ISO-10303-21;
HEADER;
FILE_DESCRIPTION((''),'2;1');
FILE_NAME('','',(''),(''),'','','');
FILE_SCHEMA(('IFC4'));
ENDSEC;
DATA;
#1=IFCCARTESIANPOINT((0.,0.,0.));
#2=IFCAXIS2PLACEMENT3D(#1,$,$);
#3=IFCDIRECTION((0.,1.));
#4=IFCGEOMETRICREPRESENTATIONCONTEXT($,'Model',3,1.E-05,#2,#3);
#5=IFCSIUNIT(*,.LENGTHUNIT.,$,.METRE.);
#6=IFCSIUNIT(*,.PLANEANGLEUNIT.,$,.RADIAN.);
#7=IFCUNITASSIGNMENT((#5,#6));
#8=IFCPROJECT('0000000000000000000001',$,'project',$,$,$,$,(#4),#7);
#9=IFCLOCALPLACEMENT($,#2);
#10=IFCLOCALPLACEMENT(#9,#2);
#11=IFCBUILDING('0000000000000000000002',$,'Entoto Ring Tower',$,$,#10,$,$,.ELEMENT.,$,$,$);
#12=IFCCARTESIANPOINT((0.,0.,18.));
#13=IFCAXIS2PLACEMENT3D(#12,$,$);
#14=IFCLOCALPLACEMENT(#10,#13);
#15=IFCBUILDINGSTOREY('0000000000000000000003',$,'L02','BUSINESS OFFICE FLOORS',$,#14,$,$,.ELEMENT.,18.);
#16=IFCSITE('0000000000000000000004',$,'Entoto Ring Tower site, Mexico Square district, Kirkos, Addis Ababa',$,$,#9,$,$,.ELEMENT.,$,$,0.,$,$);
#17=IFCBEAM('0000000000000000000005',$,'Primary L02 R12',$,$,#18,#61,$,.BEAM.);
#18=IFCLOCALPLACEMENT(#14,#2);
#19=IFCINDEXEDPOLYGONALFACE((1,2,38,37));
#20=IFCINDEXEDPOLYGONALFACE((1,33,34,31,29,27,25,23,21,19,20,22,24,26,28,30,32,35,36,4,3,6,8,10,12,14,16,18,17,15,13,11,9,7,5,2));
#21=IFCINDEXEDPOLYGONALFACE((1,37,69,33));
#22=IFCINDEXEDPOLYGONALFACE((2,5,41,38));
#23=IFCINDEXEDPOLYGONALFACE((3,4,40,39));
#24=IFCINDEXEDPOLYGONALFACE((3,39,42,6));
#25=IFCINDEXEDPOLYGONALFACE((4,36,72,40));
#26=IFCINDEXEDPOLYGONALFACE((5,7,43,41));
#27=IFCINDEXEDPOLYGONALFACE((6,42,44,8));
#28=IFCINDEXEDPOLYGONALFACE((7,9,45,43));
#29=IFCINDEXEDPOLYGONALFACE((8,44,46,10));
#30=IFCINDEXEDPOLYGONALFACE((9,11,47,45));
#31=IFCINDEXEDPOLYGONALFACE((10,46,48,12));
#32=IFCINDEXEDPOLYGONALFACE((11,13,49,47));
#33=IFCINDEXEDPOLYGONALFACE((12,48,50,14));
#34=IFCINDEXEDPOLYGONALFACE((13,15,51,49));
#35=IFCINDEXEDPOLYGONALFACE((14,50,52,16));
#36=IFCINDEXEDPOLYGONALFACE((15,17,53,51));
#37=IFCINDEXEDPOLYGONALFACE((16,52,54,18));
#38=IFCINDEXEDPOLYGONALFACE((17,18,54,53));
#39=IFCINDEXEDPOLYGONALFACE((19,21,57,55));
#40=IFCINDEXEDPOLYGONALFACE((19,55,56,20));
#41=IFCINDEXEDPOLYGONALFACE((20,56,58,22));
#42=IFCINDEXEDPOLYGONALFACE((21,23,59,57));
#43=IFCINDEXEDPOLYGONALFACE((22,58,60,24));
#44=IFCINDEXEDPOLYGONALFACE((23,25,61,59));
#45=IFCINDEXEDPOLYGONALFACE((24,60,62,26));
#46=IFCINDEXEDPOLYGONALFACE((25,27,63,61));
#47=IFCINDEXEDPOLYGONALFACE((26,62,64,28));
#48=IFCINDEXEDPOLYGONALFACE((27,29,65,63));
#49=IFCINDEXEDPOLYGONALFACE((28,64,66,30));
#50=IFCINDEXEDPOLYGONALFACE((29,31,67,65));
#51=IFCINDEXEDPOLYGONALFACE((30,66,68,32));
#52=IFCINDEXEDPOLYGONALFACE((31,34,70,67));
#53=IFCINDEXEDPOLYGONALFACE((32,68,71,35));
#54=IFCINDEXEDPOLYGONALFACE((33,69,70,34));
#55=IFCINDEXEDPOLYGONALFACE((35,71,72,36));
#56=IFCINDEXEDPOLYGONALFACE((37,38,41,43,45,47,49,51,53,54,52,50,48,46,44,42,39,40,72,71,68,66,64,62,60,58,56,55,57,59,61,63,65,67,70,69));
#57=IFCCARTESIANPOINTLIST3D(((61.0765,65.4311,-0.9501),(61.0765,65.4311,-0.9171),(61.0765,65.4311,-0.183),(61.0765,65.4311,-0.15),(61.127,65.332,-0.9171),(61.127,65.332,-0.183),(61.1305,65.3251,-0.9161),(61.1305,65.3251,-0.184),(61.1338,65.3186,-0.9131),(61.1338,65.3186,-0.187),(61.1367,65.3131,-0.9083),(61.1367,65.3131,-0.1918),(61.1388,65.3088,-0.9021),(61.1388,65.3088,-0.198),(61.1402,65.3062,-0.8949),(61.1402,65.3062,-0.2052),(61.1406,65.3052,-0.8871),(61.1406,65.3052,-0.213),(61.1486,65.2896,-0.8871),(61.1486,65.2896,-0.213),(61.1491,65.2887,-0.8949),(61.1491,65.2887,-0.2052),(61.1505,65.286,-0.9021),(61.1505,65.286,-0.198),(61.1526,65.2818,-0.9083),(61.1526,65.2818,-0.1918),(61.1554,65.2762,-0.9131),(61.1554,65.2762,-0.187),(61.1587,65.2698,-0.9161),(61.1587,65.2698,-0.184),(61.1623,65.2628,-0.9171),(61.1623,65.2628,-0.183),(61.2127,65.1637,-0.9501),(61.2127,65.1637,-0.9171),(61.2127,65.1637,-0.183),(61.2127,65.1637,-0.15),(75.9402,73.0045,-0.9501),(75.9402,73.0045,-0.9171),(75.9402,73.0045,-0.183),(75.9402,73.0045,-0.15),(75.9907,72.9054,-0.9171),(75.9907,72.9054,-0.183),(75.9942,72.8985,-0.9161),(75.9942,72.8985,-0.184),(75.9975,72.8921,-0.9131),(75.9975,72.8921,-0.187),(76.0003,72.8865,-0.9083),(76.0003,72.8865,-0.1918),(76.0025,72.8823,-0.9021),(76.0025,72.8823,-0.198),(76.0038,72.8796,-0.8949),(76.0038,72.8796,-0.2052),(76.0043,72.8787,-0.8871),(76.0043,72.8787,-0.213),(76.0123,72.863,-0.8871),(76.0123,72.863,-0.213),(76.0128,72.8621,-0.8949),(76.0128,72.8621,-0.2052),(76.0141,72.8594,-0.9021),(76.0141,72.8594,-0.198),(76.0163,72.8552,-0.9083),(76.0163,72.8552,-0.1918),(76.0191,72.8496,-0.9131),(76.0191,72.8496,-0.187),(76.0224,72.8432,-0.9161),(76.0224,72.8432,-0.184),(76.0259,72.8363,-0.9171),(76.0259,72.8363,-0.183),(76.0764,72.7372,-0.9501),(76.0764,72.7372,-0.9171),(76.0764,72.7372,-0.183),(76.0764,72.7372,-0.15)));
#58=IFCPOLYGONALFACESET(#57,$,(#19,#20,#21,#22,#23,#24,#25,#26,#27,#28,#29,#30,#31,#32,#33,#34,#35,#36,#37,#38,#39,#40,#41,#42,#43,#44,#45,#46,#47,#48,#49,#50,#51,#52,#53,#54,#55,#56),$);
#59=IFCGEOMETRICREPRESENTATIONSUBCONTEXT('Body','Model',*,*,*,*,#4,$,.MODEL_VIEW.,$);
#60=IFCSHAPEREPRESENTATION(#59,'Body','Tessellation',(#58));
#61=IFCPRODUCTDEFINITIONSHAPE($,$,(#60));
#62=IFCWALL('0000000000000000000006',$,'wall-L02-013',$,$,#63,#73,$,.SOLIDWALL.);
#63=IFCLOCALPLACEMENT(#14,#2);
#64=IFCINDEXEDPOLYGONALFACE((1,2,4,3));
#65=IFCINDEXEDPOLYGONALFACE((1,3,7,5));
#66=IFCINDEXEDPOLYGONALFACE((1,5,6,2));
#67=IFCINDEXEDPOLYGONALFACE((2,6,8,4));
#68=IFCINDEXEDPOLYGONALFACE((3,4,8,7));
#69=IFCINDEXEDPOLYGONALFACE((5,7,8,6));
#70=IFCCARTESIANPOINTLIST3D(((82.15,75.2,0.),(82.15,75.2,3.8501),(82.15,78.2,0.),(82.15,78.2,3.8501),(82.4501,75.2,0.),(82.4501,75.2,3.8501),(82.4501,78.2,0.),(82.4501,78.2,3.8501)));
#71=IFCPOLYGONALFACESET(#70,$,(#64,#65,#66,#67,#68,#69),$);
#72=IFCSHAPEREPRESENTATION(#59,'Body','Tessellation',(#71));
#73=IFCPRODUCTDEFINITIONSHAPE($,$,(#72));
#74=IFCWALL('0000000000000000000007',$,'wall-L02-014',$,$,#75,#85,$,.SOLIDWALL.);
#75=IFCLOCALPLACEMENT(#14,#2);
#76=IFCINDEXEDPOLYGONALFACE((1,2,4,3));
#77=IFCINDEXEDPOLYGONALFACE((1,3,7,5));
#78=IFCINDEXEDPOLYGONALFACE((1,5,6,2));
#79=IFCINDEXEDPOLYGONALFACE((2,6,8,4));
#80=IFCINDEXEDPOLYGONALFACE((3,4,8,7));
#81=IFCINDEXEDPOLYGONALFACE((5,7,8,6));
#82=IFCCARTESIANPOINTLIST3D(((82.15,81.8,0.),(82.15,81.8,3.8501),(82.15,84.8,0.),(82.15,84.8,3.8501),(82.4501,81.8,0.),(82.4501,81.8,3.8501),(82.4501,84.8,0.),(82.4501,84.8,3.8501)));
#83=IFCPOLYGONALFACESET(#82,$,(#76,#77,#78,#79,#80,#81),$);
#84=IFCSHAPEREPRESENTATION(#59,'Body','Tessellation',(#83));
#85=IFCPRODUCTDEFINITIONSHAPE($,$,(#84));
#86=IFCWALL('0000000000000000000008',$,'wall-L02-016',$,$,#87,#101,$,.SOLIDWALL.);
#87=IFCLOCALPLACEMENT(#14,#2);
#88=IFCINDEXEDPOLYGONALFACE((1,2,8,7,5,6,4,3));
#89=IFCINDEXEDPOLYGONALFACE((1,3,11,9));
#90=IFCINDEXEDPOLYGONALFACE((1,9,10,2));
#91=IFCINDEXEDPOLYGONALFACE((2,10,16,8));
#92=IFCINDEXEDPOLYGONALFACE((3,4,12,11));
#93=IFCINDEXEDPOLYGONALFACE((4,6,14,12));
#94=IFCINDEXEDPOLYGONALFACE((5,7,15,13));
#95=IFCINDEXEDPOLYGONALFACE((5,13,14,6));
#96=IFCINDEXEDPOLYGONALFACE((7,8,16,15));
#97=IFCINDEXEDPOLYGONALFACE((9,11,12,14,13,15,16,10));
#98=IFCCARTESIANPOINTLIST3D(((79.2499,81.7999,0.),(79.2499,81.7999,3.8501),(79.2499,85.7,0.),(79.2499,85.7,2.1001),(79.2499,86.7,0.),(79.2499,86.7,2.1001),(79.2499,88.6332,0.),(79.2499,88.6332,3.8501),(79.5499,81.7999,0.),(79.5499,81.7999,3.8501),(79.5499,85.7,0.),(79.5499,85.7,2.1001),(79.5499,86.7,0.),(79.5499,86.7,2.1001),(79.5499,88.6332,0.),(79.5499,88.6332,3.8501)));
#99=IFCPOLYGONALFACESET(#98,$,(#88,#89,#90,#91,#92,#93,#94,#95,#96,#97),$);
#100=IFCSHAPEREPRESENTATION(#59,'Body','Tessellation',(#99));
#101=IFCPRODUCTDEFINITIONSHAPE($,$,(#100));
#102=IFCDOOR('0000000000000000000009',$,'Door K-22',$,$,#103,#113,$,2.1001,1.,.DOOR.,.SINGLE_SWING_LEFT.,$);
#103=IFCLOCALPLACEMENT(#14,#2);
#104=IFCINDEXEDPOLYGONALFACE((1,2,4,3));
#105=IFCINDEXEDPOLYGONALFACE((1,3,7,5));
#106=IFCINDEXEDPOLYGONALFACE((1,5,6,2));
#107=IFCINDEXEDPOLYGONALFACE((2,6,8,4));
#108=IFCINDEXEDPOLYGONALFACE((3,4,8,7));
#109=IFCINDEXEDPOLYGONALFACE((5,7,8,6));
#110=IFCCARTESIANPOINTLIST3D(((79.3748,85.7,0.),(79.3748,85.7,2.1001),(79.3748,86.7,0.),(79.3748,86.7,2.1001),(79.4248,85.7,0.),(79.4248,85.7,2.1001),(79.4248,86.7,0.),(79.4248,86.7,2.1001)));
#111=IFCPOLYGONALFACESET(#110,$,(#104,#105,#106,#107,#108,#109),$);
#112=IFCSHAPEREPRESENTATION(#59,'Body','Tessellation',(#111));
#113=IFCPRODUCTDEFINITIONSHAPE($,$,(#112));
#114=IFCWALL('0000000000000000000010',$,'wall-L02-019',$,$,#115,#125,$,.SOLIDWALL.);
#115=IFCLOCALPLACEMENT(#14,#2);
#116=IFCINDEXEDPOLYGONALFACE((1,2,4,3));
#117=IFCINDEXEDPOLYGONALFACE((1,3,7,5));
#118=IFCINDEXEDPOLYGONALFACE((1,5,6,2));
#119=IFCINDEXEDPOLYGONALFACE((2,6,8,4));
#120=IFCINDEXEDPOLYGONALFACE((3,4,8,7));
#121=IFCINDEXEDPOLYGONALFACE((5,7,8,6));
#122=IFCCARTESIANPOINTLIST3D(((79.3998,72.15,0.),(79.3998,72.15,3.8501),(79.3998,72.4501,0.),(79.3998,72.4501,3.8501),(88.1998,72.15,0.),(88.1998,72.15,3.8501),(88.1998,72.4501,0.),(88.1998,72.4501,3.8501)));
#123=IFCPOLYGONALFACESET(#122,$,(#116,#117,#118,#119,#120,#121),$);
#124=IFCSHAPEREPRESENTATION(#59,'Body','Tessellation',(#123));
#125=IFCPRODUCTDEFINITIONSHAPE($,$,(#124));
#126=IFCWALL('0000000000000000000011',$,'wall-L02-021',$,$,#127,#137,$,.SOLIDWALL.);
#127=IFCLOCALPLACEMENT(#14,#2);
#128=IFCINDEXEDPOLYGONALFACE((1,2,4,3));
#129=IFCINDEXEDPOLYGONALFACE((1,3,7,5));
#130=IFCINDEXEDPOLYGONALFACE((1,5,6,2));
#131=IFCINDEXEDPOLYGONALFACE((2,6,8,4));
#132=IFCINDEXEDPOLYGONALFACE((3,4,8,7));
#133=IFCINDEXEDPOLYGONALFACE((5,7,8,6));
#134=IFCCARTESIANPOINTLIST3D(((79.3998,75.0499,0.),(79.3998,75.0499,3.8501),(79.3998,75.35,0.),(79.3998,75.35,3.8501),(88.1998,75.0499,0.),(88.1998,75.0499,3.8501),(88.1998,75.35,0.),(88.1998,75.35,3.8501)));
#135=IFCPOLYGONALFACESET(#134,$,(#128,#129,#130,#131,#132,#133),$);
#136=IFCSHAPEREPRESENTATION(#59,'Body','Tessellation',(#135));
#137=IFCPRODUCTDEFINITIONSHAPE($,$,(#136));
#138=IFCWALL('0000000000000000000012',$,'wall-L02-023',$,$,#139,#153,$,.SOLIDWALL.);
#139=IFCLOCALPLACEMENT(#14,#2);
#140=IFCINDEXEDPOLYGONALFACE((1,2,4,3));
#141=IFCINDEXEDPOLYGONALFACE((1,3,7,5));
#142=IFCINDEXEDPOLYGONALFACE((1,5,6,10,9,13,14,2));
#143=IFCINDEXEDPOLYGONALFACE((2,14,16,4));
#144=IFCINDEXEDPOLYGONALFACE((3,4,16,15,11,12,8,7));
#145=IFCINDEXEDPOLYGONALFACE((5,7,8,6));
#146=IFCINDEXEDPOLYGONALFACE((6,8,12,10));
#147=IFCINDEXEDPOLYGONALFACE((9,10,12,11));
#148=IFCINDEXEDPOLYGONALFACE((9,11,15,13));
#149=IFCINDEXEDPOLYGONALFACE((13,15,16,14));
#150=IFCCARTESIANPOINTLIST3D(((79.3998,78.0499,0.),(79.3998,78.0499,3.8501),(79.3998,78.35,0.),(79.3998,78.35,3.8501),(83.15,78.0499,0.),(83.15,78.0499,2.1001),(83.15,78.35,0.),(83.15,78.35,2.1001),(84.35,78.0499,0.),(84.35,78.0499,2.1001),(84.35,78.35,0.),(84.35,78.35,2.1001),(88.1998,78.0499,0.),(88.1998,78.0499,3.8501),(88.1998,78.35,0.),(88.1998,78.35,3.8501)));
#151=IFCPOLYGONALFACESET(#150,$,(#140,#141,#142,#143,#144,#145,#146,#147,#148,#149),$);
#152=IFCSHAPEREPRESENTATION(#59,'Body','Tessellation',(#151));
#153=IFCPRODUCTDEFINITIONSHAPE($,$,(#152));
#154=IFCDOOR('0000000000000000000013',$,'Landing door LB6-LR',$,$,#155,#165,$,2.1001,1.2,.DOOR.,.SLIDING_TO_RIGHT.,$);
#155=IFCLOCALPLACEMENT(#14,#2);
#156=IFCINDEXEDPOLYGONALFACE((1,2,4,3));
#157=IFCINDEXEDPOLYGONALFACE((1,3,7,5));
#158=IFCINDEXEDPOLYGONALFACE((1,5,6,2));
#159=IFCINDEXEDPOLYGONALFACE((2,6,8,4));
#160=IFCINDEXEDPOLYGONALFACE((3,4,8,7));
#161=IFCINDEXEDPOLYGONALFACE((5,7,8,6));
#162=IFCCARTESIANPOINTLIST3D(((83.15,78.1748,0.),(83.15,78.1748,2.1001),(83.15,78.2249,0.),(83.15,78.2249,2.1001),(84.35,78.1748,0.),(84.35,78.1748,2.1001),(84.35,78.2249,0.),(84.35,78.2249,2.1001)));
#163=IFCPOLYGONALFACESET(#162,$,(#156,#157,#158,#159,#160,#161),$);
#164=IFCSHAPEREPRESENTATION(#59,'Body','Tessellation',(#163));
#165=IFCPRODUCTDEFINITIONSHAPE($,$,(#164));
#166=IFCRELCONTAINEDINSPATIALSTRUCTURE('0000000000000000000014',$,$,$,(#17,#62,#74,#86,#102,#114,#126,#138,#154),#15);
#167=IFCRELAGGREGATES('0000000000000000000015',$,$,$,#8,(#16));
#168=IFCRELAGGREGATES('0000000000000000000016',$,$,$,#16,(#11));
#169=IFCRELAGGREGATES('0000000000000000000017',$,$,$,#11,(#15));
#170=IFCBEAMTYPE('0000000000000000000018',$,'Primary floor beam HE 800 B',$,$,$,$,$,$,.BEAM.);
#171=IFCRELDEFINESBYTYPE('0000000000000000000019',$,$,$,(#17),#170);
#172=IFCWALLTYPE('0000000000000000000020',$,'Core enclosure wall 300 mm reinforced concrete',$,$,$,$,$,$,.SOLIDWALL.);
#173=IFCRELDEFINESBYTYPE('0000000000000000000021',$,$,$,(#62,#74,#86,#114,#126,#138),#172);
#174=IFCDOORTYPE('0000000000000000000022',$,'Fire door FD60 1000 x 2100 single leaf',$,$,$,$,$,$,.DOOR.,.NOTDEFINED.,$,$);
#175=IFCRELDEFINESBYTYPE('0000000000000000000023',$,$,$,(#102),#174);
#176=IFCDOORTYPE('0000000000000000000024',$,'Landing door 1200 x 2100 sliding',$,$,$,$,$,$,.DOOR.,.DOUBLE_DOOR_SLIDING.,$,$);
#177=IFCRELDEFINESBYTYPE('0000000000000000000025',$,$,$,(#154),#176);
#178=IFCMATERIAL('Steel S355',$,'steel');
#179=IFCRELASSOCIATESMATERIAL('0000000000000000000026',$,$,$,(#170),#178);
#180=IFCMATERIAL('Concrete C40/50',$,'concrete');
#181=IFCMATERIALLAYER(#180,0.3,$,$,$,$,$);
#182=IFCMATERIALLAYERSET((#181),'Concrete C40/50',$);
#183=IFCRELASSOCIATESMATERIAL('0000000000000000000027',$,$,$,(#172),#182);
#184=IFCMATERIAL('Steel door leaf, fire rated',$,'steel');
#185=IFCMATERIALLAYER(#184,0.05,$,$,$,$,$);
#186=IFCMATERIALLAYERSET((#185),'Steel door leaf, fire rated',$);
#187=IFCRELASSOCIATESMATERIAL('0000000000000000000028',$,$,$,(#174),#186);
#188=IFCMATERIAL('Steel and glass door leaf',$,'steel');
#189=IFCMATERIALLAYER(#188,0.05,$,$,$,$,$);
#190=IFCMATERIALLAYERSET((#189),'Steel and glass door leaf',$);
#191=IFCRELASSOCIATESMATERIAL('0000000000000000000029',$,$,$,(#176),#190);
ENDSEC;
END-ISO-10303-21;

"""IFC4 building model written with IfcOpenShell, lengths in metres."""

from ifc_helpers import new_model, si_unit, direction, frame, frame_2d, origin, origin_2d, place, context, subcontext, project, spatial, rectangle, i_section, extrude, material, layer, layer_set, material_profile, profile_set, type_object, element, fill, save


model = new_model("IFC4")

# Units and contexts
model_context = context("Model", 3, precision=1e-05, world=origin(), true_north=direction((0.0, 1.0)))
body_context = subcontext(model_context, "Body", "Model", "MODEL_VIEW")
ifc_project = project(units=[si_unit("LENGTHUNIT", "METRE"), si_unit("PLANEANGLEUNIT", "RADIAN")], contexts=[model_context])

# Site, building, storey
site_placement = place(None, origin())
site = spatial("IfcSite", under=ifc_project, at=site_placement, Name="Entoto Ring Tower site, Mexico Square district, Kirkos, Addis Ababa", CompositionType="ELEMENT", RefElevation=0.0)
building_placement = place(site_placement, origin())
building = spatial("IfcBuilding", under=site, at=building_placement, Name="Entoto Ring Tower", CompositionType="ELEMENT")
storey_placement = place(building_placement, frame((0.0, 0.0, 18.0)))
storey = spatial("IfcBuildingStorey", under=building, at=storey_placement, Name="L02", Description="BUSINESS OFFICE FLOORS", CompositionType="ELEMENT", Elevation=18.0)

# Beam
ifc_material_1 = material(Name="Steel S355", Category="steel")
ifc_material_profile = material_profile(ifc_material_1, i_section(OverallWidth=0.3, OverallDepth=0.8, WebThickness=0.0176, FlangeThickness=0.033, FilletRadius=0.03, at=origin_2d()), Name="HE 800 B")
ifc_profile_set = profile_set([ifc_material_profile], Name="Steel S355")
beam_type = type_object("IfcBeamType", Name="Primary floor beam HE 800 B", PredefinedType="BEAM", material=ifc_profile_set)
beam_placement = place(storey_placement, frame((76.0083, 72.8708, -0.55), z_axis=(-0.891006, -0.453991, 0.0), x_axis=(0.453991, -0.891006, 0.0)))
element("IfcBeam", 1, at=beam_placement, inside=storey, type_object=beam_type, Name="Primary L02 R12", PredefinedType="BEAM", context=body_context, shape_type="SweptSolid", body=[
    extrude(i_section(OverallWidth=0.3, OverallDepth=0.8, WebThickness=0.0176, FlangeThickness=0.033, FilletRadius=0.03, at=origin_2d()), origin(), (0.0, 0.0, 1.0), 16.6819),
])

# Walls
ifc_material_2 = material(Name="Concrete C40/50", Category="concrete")
ifc_layer_1 = layer(ifc_material_2, 0.3)
ifc_layer_set_1 = layer_set([ifc_layer_1], Name="Concrete C40/50")
wall_type_1 = type_object("IfcWallType", Name="Core enclosure wall 300 mm reinforced concrete", PredefinedType="SOLIDWALL", material=ifc_layer_set_1)
for number, where, z_axis, x_axis, name in (
    (2, (82.3, 75.2, 0.0), (0.0, 0.0, 1.0), (0.0, 1.0, 0.0), "wall-L02-013"),
    (3, (82.3, 81.8, 0.0), (0.0, 0.0, 1.0), (0.0, 1.0, 0.0), "wall-L02-014"),
):
    element("IfcWall", number, at=place(storey_placement, frame(where, z_axis=z_axis, x_axis=x_axis)), inside=storey, type_object=wall_type_1, Name=name, PredefinedType="SOLIDWALL", context=body_context, shape_type="SweptSolid", body=[
        extrude(rectangle(XDim=3.0, YDim=0.3, at=frame_2d((1.5, 0.0))), origin(), (0.0, 0.0, 1.0), 3.8501),
    ])

# Wall, opening, door
wall_1_placement = place(storey_placement, frame((79.3999, 81.8, 0.0), z_axis=(0.0, 0.0, 1.0), x_axis=(0.0, 1.0, 0.0)))
wall_1 = element("IfcWall", 4, at=wall_1_placement, inside=storey, type_object=wall_type_1, Name="wall-L02-016", PredefinedType="SOLIDWALL", context=body_context, shape_type="SweptSolid", body=[
    extrude(rectangle(XDim=6.8333, YDim=0.3, at=frame_2d((3.4165, 0.0))), origin(), (0.0, 0.0, 1.0), 3.8501),
])
opening_1_placement = place(wall_1_placement, frame((3.8999, 0.0, 0.0)))
opening_1 = element("IfcOpeningElement", 5, at=opening_1_placement, cuts=wall_1, PredefinedType="OPENING", context=body_context, shape_type="SweptSolid", body=[
    extrude(rectangle(XDim=1.0, YDim=2.1001, at=frame_2d((0.5, 1.05))), frame((0.0, 0.1602, 0.0), z_axis=(0.0, -1.0, 0.0), x_axis=(1.0, 0.0, 0.0)), (0.0, 0.0, 1.0), 0.3201),
])
ifc_material_3 = material(Name="Steel door leaf, fire rated", Category="steel")
ifc_layer_2 = layer(ifc_material_3, 0.05)
ifc_layer_set_2 = layer_set([ifc_layer_2], Name="Steel door leaf, fire rated")
door_type_1 = type_object("IfcDoorType", Name="Fire door FD60 1000 x 2100 single leaf", OperationType="NOTDEFINED", PredefinedType="DOOR", material=ifc_layer_set_2)
door_1_placement = place(opening_1_placement, frame((1.0, 0.0, 0.0), z_axis=(0.0, 0.0, 1.0), x_axis=(-1.0, 0.0, 0.0)))
door_1 = element("IfcDoor", 6, at=door_1_placement, inside=storey, type_object=door_type_1, Name="Door K-22", OperationType="SINGLE_SWING_LEFT", OverallHeight=2.1001, OverallWidth=1.0, PredefinedType="DOOR", context=body_context, shape_type="SweptSolid", body=[
    extrude(rectangle(XDim=1.0, YDim=2.1001, at=frame_2d((0.5, 1.05))), frame((0.0, 0.0249, 0.0), z_axis=(0.0, -1.0, 0.0), x_axis=(1.0, 0.0, 0.0)), (0.0, 0.0, 1.0), 0.05),
])
fill(opening_1, door_1)

# Walls
for number, where, z_axis, x_axis, name in (
    (7, (79.3999, 72.3, 0.0), (0.0, 0.0, 1.0), (1.0, 0.0, 0.0), "wall-L02-019"),
    (8, (79.3999, 75.2, 0.0), (0.0, 0.0, 1.0), (1.0, 0.0, 0.0), "wall-L02-021"),
):
    element("IfcWall", number, at=place(storey_placement, frame(where, z_axis=z_axis, x_axis=x_axis)), inside=storey, type_object=wall_type_1, Name=name, PredefinedType="SOLIDWALL", context=body_context, shape_type="SweptSolid", body=[
        extrude(rectangle(XDim=8.8, YDim=0.3, at=frame_2d((4.3999, 0.0))), origin(), (0.0, 0.0, 1.0), 3.8501),
    ])

# Wall, opening, door
wall_2_placement = place(storey_placement, frame((79.3999, 78.2, 0.0), z_axis=(0.0, 0.0, 1.0), x_axis=(1.0, 0.0, 0.0)))
wall_2 = element("IfcWall", 9, at=wall_2_placement, inside=storey, type_object=wall_type_1, Name="wall-L02-023", PredefinedType="SOLIDWALL", context=body_context, shape_type="SweptSolid", body=[
    extrude(rectangle(XDim=8.8, YDim=0.3, at=frame_2d((4.3999, 0.0))), origin(), (0.0, 0.0, 1.0), 3.8501),
])
opening_2_placement = place(wall_2_placement, frame((3.75, 0.0, 0.0)))
opening_2 = element("IfcOpeningElement", 10, at=opening_2_placement, cuts=wall_2, PredefinedType="OPENING", context=body_context, shape_type="SweptSolid", body=[
    extrude(rectangle(XDim=1.2, YDim=2.1001, at=frame_2d((0.6001, 1.05))), frame((0.0, 0.1602, 0.0), z_axis=(0.0, -1.0, 0.0), x_axis=(1.0, 0.0, 0.0)), (0.0, 0.0, 1.0), 0.3201),
])
ifc_material_4 = material(Name="Steel and glass door leaf", Category="steel")
ifc_layer_3 = layer(ifc_material_4, 0.05)
ifc_layer_set_3 = layer_set([ifc_layer_3], Name="Steel and glass door leaf")
door_type_2 = type_object("IfcDoorType", Name="Landing door 1200 x 2100 sliding", OperationType="DOUBLE_DOOR_SLIDING", PredefinedType="DOOR", material=ifc_layer_set_3)
door_2_placement = place(opening_2_placement, origin())
door_2 = element("IfcDoor", 11, at=door_2_placement, inside=storey, type_object=door_type_2, Name="Landing door LB6-LR", OperationType="SLIDING_TO_RIGHT", OverallHeight=2.1001, OverallWidth=1.2, PredefinedType="DOOR", context=body_context, shape_type="SweptSolid", body=[
    extrude(rectangle(XDim=1.2, YDim=2.1001, at=frame_2d((0.6001, 1.05))), frame((0.0, 0.0249, 0.0), z_axis=(0.0, -1.0, 0.0), x_axis=(1.0, 0.0, 0.0)), (0.0, 0.0, 1.0), 0.05),
])
fill(opening_2, door_2)

save(model, "model.ifc")
